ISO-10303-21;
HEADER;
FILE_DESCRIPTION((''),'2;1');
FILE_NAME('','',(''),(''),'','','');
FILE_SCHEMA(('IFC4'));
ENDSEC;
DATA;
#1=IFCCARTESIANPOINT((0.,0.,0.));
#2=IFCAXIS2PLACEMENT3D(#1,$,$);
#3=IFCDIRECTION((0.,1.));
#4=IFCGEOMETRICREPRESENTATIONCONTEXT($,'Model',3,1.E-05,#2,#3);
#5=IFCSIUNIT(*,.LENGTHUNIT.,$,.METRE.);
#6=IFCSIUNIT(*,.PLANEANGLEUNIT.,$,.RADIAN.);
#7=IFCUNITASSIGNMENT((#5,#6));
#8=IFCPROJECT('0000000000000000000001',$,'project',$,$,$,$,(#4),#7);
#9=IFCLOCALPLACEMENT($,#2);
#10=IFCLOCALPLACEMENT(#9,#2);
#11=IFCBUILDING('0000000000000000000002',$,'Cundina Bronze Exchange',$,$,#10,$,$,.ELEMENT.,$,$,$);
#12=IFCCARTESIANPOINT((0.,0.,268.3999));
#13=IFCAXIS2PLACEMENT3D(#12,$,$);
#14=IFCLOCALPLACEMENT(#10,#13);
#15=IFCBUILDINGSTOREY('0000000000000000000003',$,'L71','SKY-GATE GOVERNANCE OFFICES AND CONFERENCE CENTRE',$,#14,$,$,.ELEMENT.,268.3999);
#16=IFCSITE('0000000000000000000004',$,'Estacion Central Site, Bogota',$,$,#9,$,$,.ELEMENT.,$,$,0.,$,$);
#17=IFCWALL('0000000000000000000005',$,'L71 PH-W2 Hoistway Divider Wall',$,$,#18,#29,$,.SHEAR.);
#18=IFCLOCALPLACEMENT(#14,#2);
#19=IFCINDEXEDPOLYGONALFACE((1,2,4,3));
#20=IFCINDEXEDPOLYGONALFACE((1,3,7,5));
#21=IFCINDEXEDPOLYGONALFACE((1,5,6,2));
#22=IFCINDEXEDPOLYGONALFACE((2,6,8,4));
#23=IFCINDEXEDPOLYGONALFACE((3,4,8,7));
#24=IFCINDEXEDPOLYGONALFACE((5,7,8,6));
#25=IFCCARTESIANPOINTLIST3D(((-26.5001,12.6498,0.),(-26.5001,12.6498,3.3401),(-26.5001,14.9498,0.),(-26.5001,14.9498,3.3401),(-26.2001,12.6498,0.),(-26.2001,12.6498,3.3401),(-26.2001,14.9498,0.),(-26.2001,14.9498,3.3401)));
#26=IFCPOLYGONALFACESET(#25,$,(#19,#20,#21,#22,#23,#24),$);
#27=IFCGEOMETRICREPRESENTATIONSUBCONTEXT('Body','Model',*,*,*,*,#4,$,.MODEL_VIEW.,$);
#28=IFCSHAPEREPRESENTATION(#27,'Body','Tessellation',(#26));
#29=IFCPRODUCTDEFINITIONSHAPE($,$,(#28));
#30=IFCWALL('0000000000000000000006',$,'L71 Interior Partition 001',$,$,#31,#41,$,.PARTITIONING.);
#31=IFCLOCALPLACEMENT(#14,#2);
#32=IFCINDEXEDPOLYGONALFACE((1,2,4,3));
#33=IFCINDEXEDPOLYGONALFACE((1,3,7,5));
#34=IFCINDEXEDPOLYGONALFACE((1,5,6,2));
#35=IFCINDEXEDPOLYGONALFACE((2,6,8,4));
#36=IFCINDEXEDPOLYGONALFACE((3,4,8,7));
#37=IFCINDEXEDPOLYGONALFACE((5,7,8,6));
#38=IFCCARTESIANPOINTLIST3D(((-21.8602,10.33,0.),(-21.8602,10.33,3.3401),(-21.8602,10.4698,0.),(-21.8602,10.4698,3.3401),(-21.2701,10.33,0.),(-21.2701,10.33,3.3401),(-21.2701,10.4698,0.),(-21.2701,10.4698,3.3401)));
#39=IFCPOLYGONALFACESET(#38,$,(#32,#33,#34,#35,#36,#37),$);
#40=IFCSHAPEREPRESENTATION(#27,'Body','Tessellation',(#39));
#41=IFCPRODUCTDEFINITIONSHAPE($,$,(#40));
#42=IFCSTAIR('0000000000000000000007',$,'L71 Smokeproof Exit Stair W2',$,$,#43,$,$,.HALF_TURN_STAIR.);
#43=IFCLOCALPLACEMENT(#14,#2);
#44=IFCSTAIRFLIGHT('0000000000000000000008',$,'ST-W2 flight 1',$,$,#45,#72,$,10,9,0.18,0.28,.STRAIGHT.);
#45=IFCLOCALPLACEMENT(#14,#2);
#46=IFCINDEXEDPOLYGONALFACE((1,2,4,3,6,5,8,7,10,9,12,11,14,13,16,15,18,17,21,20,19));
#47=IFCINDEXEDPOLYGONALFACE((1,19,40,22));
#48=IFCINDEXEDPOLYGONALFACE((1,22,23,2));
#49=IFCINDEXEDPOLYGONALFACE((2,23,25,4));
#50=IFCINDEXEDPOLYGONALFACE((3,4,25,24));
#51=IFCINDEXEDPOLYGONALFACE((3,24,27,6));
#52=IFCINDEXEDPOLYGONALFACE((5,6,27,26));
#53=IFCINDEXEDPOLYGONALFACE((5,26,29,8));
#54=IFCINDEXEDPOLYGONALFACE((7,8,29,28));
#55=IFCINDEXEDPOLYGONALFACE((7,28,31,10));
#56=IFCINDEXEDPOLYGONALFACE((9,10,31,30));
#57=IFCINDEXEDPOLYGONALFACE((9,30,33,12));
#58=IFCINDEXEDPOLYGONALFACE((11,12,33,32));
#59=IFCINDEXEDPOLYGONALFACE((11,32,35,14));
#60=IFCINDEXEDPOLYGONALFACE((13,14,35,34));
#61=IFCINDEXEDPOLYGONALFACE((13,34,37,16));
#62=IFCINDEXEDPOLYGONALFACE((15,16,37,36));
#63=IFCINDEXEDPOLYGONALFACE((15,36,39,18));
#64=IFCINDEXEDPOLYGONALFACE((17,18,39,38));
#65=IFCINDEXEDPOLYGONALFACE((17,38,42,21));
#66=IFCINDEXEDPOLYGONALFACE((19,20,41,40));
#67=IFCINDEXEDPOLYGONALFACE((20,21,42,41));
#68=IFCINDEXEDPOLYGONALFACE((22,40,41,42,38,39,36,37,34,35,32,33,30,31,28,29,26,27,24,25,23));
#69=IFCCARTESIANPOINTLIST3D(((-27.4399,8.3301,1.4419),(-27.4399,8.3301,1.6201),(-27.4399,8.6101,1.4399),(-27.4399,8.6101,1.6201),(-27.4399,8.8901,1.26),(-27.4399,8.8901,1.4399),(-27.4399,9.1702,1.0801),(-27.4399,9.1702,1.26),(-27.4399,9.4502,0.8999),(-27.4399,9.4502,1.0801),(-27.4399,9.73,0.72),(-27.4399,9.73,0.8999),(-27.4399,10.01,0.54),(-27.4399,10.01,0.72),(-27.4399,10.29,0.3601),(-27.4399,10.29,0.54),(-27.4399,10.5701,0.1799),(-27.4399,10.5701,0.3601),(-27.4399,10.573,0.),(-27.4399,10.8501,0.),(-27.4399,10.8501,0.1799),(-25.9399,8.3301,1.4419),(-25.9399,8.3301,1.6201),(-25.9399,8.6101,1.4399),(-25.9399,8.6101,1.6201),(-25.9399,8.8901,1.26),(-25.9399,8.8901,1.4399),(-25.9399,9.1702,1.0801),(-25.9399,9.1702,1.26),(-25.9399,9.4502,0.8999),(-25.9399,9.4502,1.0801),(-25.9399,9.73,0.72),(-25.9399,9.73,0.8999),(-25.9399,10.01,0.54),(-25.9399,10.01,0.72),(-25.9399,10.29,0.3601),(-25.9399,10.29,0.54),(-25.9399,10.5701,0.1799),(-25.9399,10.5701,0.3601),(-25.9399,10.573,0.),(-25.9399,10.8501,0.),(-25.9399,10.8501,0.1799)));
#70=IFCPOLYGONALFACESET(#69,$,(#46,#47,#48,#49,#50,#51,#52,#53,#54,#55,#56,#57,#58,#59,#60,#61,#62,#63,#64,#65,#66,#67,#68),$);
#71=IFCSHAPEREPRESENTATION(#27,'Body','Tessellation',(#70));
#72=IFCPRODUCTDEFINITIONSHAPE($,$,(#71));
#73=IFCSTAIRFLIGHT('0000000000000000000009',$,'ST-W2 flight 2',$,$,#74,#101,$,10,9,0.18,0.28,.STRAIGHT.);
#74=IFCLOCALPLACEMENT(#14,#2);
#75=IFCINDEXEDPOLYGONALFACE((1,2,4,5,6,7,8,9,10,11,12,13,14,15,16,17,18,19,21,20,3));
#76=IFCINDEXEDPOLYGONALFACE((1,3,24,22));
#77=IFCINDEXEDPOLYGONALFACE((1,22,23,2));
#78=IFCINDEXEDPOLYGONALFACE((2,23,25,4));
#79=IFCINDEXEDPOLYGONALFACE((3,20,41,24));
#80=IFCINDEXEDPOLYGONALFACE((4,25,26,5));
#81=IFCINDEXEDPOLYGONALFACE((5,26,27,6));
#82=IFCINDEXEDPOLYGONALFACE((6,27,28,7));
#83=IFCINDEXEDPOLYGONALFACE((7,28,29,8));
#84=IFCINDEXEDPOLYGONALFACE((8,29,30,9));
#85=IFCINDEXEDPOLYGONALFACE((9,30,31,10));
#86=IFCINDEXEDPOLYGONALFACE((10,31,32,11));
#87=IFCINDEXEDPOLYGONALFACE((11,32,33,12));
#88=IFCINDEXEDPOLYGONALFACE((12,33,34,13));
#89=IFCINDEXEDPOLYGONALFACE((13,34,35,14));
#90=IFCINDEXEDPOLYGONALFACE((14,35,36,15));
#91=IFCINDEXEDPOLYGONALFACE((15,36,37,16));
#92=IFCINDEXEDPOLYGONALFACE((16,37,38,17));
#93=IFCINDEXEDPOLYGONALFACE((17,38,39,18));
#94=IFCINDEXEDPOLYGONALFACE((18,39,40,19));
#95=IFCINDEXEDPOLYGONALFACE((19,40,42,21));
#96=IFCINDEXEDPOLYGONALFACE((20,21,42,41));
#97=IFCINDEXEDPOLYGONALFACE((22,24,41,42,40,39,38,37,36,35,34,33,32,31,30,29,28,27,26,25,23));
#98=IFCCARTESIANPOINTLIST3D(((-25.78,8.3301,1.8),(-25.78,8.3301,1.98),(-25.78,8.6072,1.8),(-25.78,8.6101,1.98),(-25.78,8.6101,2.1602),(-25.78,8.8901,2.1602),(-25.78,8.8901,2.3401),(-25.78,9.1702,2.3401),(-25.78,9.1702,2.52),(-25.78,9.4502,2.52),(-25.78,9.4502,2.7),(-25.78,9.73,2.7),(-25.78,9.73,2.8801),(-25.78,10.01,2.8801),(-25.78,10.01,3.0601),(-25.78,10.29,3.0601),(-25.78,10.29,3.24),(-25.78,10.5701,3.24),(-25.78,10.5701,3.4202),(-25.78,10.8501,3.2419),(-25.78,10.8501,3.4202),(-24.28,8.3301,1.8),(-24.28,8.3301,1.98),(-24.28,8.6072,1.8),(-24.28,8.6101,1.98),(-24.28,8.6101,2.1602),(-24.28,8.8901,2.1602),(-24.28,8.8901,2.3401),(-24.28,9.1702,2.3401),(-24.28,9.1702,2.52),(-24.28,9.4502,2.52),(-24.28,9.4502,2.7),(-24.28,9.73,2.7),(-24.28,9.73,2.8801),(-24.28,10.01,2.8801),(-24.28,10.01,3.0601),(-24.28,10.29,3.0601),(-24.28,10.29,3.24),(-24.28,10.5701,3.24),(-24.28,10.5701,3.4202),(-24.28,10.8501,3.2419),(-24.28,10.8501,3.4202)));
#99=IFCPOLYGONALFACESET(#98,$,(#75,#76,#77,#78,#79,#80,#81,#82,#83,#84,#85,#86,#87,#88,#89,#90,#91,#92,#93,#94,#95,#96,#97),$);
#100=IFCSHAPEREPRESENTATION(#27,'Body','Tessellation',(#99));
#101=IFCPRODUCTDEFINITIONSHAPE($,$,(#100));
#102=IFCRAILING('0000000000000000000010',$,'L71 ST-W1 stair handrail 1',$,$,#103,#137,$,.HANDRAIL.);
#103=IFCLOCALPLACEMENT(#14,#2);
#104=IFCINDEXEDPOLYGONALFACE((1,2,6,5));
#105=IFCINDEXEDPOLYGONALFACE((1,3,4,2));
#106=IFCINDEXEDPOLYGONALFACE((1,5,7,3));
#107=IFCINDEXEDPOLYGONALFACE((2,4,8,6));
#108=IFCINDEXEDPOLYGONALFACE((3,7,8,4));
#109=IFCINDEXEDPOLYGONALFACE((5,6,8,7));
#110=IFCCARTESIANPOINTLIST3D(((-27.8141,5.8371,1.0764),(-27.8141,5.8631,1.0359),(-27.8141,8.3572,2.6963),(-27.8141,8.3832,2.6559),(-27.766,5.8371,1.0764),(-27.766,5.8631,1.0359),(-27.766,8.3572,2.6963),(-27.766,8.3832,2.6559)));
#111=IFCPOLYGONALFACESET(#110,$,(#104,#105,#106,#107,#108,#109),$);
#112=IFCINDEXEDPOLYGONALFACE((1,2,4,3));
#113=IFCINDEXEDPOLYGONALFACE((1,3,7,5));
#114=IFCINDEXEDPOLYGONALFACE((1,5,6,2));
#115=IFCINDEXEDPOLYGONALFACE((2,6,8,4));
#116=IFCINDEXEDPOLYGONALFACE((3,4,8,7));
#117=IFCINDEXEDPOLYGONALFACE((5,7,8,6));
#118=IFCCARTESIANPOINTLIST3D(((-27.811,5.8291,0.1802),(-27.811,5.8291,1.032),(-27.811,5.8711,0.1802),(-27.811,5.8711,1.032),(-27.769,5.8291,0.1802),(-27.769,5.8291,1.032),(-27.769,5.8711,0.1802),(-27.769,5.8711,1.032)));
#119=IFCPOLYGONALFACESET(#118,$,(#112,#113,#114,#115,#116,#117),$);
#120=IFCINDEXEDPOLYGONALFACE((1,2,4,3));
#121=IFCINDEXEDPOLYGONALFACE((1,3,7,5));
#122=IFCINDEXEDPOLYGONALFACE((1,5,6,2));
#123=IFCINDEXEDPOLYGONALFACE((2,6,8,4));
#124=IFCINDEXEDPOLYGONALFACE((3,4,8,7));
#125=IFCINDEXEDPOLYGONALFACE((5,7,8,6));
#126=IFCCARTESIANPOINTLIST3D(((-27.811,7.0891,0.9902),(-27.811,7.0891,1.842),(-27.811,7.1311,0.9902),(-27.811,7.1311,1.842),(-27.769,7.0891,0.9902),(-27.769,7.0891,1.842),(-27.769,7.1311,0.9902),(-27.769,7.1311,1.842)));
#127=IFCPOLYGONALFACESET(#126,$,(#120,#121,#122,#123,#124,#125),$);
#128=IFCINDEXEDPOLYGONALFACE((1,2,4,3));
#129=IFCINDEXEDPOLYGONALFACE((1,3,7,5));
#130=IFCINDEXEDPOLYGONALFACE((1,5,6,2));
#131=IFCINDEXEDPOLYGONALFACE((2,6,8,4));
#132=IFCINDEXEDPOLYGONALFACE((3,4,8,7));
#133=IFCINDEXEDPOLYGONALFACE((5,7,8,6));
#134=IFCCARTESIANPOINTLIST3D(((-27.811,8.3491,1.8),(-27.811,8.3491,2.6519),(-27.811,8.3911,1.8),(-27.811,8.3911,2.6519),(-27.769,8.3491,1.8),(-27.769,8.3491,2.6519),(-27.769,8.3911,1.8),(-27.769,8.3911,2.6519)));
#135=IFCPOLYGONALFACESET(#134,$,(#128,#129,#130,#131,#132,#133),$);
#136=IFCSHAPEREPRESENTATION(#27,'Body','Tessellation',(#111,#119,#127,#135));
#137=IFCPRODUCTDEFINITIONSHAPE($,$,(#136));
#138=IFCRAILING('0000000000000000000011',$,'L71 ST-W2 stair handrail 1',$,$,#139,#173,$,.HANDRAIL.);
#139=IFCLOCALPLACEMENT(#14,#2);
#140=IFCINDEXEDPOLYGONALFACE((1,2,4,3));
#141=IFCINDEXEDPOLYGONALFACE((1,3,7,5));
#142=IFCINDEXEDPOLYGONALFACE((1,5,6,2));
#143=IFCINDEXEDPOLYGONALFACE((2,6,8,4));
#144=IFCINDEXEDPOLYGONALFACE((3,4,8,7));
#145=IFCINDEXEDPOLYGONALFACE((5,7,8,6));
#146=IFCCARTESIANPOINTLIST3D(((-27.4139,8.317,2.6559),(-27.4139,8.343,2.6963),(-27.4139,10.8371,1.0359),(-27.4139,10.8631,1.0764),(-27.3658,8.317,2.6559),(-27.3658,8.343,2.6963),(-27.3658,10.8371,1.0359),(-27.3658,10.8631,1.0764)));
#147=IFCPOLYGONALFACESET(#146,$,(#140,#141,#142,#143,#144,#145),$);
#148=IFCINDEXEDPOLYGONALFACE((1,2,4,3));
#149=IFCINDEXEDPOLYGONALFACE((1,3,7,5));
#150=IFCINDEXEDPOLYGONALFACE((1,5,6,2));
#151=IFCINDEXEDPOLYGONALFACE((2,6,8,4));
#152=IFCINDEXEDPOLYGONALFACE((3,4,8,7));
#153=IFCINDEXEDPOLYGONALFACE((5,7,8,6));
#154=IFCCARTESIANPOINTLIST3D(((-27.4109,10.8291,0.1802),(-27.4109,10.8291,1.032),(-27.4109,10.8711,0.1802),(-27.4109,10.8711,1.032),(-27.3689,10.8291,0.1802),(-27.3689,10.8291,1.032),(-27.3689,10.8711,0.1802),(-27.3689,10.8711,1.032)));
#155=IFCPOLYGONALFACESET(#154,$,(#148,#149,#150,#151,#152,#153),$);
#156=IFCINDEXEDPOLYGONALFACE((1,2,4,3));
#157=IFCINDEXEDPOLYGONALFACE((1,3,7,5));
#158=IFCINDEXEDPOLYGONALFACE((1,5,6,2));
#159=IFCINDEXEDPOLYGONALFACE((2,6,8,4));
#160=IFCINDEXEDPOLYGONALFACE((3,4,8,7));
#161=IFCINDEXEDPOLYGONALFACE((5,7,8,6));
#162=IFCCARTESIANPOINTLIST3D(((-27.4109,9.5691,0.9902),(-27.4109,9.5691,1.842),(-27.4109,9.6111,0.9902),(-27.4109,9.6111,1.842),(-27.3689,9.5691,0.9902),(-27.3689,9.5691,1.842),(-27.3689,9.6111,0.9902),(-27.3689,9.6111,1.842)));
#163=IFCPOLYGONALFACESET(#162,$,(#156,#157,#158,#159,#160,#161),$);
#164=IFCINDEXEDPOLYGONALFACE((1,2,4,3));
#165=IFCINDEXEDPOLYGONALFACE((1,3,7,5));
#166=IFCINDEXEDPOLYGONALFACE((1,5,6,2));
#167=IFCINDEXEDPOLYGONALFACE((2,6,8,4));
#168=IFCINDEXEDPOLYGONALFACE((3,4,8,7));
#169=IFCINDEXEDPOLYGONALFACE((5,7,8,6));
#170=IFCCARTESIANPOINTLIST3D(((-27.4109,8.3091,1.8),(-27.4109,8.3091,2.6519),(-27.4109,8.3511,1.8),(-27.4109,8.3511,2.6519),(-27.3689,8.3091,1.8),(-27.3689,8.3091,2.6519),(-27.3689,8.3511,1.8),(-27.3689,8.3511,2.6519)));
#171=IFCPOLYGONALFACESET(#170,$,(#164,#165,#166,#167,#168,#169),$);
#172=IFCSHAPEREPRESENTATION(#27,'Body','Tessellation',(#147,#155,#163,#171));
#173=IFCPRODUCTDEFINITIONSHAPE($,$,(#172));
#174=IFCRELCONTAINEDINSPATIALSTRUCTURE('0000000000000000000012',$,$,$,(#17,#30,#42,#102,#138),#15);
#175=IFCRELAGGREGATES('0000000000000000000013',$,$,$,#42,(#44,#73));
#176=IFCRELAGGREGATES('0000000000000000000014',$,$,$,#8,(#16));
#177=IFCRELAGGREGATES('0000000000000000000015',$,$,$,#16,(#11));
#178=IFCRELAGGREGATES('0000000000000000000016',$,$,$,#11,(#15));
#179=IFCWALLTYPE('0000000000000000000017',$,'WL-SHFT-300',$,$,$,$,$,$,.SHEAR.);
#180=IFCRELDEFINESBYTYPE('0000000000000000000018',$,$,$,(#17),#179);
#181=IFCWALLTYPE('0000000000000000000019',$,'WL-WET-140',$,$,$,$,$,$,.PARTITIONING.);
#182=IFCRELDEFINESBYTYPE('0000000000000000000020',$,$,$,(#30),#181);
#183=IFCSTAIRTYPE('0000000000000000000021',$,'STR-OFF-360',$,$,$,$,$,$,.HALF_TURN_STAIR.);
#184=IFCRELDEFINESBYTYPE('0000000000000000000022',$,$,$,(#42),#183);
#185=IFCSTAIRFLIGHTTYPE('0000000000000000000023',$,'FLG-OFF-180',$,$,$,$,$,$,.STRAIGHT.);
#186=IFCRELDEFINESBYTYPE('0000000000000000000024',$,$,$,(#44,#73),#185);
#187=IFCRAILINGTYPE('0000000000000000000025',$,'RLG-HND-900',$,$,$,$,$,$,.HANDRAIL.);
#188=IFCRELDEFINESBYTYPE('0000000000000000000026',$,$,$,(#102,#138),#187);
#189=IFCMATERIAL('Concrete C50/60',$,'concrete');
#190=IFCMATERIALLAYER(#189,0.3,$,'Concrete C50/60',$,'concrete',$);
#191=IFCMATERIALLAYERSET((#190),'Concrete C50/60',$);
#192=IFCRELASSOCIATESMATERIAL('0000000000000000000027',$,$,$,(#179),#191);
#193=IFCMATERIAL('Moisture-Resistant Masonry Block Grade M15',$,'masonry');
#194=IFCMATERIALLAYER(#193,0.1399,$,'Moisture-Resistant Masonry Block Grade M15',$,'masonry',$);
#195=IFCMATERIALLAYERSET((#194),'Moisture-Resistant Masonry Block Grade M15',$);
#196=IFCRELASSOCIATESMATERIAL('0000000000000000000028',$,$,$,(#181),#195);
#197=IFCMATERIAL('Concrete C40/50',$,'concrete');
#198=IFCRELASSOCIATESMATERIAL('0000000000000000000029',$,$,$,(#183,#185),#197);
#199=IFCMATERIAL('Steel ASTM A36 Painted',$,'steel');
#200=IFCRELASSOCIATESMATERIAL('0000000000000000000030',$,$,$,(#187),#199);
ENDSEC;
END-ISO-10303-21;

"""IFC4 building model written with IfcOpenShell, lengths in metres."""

from ifc_helpers import new_model, si_unit, direction, frame, frame_2d, origin, origin_2d, place, context, subcontext, project, spatial, polyline, rectangle, outline, extrude, material, layer, layer_set, type_object, element, aggregate, save


model = new_model("IFC4")

# Units and contexts
model_context = context("Model", 3, precision=1e-05, world=origin(), true_north=direction((0.0, 1.0)))
body_context = subcontext(model_context, "Body", "Model", "MODEL_VIEW")
ifc_project = project(units=[si_unit("LENGTHUNIT", "METRE"), si_unit("PLANEANGLEUNIT", "RADIAN")], contexts=[model_context])

# Site, building, storey
site_placement = place(None, origin())
site = spatial("IfcSite", under=ifc_project, at=site_placement, Name="Estacion Central Site, Bogota", CompositionType="ELEMENT", RefElevation=0.0)
building_placement = place(site_placement, origin())
building = spatial("IfcBuilding", under=site, at=building_placement, Name="Cundina Bronze Exchange", CompositionType="ELEMENT")
storey_placement = place(building_placement, frame((0.0, 0.0, 268.3999)))
storey = spatial("IfcBuildingStorey", under=building, at=storey_placement, Name="L71", Description="SKY-GATE GOVERNANCE OFFICES AND CONFERENCE CENTRE", CompositionType="ELEMENT", Elevation=268.3999)

# Shared definitions
ifc_material_1 = material(Name="Concrete C50/60", Category="concrete")

# Shared definitions
ifc_layer_1 = layer(ifc_material_1, 0.3, Name="Concrete C50/60", Category="concrete")
ifc_layer_set_1 = layer_set([ifc_layer_1], Name="Concrete C50/60")
wall_type_1 = type_object("IfcWallType", Name="WL-SHFT-300", PredefinedType="SHEAR", material=ifc_layer_set_1)
ifc_material_2 = material(Name="Steel ASTM A36 Painted", Category="steel")

# Walls
wall_1_placement = place(storey_placement, frame((-26.3501, 12.6499, 0.0), z_axis=(0.0, 0.0, 1.0), x_axis=(0.0, 1.0, 0.0)))
element("IfcWall", 1, at=wall_1_placement, inside=storey, type_object=wall_type_1, Name="L71 PH-W2 Hoistway Divider Wall", PredefinedType="SHEAR", context=body_context, shape_type="SweptSolid", body=[
    extrude(rectangle(XDim=2.3, YDim=0.3, at=frame_2d((1.1499, 0.0))), origin(), (0.0, 0.0, 1.0), 3.3401),
])
ifc_material_3 = material(Name="Moisture-Resistant Masonry Block Grade M15", Category="masonry")
ifc_layer_2 = layer(ifc_material_3, 0.1399, Name="Moisture-Resistant Masonry Block Grade M15", Category="masonry")
ifc_layer_set_2 = layer_set([ifc_layer_2], Name="Moisture-Resistant Masonry Block Grade M15")
wall_type_2 = type_object("IfcWallType", Name="WL-WET-140", PredefinedType="PARTITIONING", material=ifc_layer_set_2)
wall_2_placement = place(storey_placement, frame((-21.8601, 10.3999, 0.0), z_axis=(0.0, 0.0, 1.0), x_axis=(1.0, 0.0, 0.0)))
element("IfcWall", 2, at=wall_2_placement, inside=storey, type_object=wall_type_2, Name="L71 Interior Partition 001", PredefinedType="PARTITIONING", context=body_context, shape_type="SweptSolid", body=[
    extrude(rectangle(XDim=0.5901, YDim=0.1399, at=frame_2d((0.2949, 0.0))), origin(), (0.0, 0.0, 1.0), 3.3401),
])

# Stair, stair flights
ifc_material_4 = material(Name="Concrete C40/50", Category="concrete")
stair_type = type_object("IfcStairType", Name="STR-OFF-360", PredefinedType="HALF_TURN_STAIR", material=ifc_material_4)
stair_placement = place(storey_placement, origin())
stair = element("IfcStair", 3, at=stair_placement, inside=storey, type_object=stair_type, Name="L71 Smokeproof Exit Stair W2", PredefinedType="HALF_TURN_STAIR")
stair_flight_type = type_object("IfcStairFlightType", Name="FLG-OFF-180", PredefinedType="STRAIGHT", material=ifc_material_4)
stair_flight_1_placement = place(storey_placement, frame((-26.6899, 10.8501, 0.0), z_axis=(0.0, 0.0, 1.0), x_axis=(0.0, -1.0, 0.0)))
stair_flight_1 = element("IfcStairFlight", 4, at=stair_flight_1_placement, type_object=stair_flight_type, Name="ST-W2 flight 1", NumberOfRisers=10, NumberOfTreads=9, PredefinedType="STRAIGHT", RiserHeight=0.18, TreadLength=0.28, context=body_context, shape_type="SweptSolid", body=[
    extrude(outline(polyline([(0.0, 0.0), (0.0, 0.1799), (0.28, 0.1799), (0.28, 0.3601), (0.5601, 0.3601), (0.5601, 0.54), (0.8401, 0.54), (0.8401, 0.72), (1.1201, 0.72), (1.1201, 0.8999), (1.3999, 0.8999), (1.3999, 1.0801), (1.6799, 1.0801), (1.6799, 1.26), (1.96, 1.26), (1.96, 1.4399), (2.24, 1.4399), (2.24, 1.6201), (2.52, 1.6201), (2.52, 1.8), (2.52, 1.4419), (0.2771, 0.0), (0.0, 0.0)])), frame((0.0, 0.75, 0.0), z_axis=(0.0, -1.0, 0.0), x_axis=(1.0, 0.0, 0.0)), (0.0, 0.0, 1.0), 1.5),
])
stair_flight_2_placement = place(storey_placement, frame((-25.03, 8.3301, 1.8), z_axis=(0.0, 0.0, 1.0), x_axis=(0.0, 1.0, 0.0)))
stair_flight_2 = element("IfcStairFlight", 5, at=stair_flight_2_placement, type_object=stair_flight_type, Name="ST-W2 flight 2", NumberOfRisers=10, NumberOfTreads=9, PredefinedType="STRAIGHT", RiserHeight=0.18, TreadLength=0.28, context=body_context, shape_type="SweptSolid", body=[
    extrude(outline(polyline([(0.0, 0.0), (0.0, 0.1799), (0.28, 0.1799), (0.28, 0.3601), (0.5601, 0.3601), (0.5601, 0.54), (0.8401, 0.54), (0.8401, 0.72), (1.1201, 0.72), (1.1201, 0.8999), (1.3999, 0.8999), (1.3999, 1.0801), (1.6799, 1.0801), (1.6799, 1.26), (1.96, 1.26), (1.96, 1.4399), (2.24, 1.4399), (2.24, 1.6201), (2.52, 1.6201), (2.52, 1.8), (2.52, 1.4419), (0.2771, 0.0), (0.0, 0.0)])), frame((0.0, 0.75, 0.0), z_axis=(0.0, -1.0, 0.0), x_axis=(1.0, 0.0, 0.0)), (0.0, 0.0, 1.0), 1.5),
])
aggregate(stair, [stair_flight_1, stair_flight_2])

# Railings
railing_type_1 = type_object("IfcRailingType", Name="RLG-HND-900", PredefinedType="HANDRAIL", material=ifc_material_2)
railing_1_placement = place(storey_placement, frame((-27.79, 5.8501, 0.1802)))
element("IfcRailing", 6, at=railing_1_placement, inside=storey, type_object=railing_type_1, Name="L71 ST-W1 stair handrail 1", PredefinedType="HANDRAIL", context=body_context, shape_type="SweptSolid", body=[
    extrude(rectangle(XDim=0.0481, YDim=0.0481, at=origin_2d()), frame((0.0, 0.0, 0.876), z_axis=(0.0, 0.8412, 0.540725), x_axis=(-1.0, 0.0, 0.0)), (0.0, 0.0, 1.0), 2.9958),
    extrude(rectangle(XDim=0.042, YDim=0.042, at=origin_2d()), origin(), (0.0, 0.0, 1.0), 0.8518),
    extrude(rectangle(XDim=0.042, YDim=0.042, at=origin_2d()), frame((0.0, 1.26, 0.8101)), (0.0, 0.0, 1.0), 0.8518),
    extrude(rectangle(XDim=0.042, YDim=0.042, at=origin_2d()), frame((0.0, 2.52, 1.6199)), (0.0, 0.0, 1.0), 0.8518),
])
railing_2_placement = place(storey_placement, frame((-27.3899, 10.8501, 0.1802)))
element("IfcRailing", 7, at=railing_2_placement, inside=storey, type_object=railing_type_1, Name="L71 ST-W2 stair handrail 1", PredefinedType="HANDRAIL", context=body_context, shape_type="SweptSolid", body=[
    extrude(rectangle(XDim=0.0481, YDim=0.0481, at=origin_2d()), frame((0.0, 0.0, 0.876), z_axis=(0.0, -0.8412, 0.540725), x_axis=(1.0, 0.0, 0.0)), (0.0, 0.0, 1.0), 2.9958),
    extrude(rectangle(XDim=0.042, YDim=0.042, at=origin_2d()), origin(), (0.0, 0.0, 1.0), 0.8518),
    extrude(rectangle(XDim=0.042, YDim=0.042, at=origin_2d()), frame((0.0, -1.26, 0.8101)), (0.0, 0.0, 1.0), 0.8518),
    extrude(rectangle(XDim=0.042, YDim=0.042, at=origin_2d()), frame((0.0, -2.52, 1.6199)), (0.0, 0.0, 1.0), 0.8518),
])

save(model, "model.ifc")
